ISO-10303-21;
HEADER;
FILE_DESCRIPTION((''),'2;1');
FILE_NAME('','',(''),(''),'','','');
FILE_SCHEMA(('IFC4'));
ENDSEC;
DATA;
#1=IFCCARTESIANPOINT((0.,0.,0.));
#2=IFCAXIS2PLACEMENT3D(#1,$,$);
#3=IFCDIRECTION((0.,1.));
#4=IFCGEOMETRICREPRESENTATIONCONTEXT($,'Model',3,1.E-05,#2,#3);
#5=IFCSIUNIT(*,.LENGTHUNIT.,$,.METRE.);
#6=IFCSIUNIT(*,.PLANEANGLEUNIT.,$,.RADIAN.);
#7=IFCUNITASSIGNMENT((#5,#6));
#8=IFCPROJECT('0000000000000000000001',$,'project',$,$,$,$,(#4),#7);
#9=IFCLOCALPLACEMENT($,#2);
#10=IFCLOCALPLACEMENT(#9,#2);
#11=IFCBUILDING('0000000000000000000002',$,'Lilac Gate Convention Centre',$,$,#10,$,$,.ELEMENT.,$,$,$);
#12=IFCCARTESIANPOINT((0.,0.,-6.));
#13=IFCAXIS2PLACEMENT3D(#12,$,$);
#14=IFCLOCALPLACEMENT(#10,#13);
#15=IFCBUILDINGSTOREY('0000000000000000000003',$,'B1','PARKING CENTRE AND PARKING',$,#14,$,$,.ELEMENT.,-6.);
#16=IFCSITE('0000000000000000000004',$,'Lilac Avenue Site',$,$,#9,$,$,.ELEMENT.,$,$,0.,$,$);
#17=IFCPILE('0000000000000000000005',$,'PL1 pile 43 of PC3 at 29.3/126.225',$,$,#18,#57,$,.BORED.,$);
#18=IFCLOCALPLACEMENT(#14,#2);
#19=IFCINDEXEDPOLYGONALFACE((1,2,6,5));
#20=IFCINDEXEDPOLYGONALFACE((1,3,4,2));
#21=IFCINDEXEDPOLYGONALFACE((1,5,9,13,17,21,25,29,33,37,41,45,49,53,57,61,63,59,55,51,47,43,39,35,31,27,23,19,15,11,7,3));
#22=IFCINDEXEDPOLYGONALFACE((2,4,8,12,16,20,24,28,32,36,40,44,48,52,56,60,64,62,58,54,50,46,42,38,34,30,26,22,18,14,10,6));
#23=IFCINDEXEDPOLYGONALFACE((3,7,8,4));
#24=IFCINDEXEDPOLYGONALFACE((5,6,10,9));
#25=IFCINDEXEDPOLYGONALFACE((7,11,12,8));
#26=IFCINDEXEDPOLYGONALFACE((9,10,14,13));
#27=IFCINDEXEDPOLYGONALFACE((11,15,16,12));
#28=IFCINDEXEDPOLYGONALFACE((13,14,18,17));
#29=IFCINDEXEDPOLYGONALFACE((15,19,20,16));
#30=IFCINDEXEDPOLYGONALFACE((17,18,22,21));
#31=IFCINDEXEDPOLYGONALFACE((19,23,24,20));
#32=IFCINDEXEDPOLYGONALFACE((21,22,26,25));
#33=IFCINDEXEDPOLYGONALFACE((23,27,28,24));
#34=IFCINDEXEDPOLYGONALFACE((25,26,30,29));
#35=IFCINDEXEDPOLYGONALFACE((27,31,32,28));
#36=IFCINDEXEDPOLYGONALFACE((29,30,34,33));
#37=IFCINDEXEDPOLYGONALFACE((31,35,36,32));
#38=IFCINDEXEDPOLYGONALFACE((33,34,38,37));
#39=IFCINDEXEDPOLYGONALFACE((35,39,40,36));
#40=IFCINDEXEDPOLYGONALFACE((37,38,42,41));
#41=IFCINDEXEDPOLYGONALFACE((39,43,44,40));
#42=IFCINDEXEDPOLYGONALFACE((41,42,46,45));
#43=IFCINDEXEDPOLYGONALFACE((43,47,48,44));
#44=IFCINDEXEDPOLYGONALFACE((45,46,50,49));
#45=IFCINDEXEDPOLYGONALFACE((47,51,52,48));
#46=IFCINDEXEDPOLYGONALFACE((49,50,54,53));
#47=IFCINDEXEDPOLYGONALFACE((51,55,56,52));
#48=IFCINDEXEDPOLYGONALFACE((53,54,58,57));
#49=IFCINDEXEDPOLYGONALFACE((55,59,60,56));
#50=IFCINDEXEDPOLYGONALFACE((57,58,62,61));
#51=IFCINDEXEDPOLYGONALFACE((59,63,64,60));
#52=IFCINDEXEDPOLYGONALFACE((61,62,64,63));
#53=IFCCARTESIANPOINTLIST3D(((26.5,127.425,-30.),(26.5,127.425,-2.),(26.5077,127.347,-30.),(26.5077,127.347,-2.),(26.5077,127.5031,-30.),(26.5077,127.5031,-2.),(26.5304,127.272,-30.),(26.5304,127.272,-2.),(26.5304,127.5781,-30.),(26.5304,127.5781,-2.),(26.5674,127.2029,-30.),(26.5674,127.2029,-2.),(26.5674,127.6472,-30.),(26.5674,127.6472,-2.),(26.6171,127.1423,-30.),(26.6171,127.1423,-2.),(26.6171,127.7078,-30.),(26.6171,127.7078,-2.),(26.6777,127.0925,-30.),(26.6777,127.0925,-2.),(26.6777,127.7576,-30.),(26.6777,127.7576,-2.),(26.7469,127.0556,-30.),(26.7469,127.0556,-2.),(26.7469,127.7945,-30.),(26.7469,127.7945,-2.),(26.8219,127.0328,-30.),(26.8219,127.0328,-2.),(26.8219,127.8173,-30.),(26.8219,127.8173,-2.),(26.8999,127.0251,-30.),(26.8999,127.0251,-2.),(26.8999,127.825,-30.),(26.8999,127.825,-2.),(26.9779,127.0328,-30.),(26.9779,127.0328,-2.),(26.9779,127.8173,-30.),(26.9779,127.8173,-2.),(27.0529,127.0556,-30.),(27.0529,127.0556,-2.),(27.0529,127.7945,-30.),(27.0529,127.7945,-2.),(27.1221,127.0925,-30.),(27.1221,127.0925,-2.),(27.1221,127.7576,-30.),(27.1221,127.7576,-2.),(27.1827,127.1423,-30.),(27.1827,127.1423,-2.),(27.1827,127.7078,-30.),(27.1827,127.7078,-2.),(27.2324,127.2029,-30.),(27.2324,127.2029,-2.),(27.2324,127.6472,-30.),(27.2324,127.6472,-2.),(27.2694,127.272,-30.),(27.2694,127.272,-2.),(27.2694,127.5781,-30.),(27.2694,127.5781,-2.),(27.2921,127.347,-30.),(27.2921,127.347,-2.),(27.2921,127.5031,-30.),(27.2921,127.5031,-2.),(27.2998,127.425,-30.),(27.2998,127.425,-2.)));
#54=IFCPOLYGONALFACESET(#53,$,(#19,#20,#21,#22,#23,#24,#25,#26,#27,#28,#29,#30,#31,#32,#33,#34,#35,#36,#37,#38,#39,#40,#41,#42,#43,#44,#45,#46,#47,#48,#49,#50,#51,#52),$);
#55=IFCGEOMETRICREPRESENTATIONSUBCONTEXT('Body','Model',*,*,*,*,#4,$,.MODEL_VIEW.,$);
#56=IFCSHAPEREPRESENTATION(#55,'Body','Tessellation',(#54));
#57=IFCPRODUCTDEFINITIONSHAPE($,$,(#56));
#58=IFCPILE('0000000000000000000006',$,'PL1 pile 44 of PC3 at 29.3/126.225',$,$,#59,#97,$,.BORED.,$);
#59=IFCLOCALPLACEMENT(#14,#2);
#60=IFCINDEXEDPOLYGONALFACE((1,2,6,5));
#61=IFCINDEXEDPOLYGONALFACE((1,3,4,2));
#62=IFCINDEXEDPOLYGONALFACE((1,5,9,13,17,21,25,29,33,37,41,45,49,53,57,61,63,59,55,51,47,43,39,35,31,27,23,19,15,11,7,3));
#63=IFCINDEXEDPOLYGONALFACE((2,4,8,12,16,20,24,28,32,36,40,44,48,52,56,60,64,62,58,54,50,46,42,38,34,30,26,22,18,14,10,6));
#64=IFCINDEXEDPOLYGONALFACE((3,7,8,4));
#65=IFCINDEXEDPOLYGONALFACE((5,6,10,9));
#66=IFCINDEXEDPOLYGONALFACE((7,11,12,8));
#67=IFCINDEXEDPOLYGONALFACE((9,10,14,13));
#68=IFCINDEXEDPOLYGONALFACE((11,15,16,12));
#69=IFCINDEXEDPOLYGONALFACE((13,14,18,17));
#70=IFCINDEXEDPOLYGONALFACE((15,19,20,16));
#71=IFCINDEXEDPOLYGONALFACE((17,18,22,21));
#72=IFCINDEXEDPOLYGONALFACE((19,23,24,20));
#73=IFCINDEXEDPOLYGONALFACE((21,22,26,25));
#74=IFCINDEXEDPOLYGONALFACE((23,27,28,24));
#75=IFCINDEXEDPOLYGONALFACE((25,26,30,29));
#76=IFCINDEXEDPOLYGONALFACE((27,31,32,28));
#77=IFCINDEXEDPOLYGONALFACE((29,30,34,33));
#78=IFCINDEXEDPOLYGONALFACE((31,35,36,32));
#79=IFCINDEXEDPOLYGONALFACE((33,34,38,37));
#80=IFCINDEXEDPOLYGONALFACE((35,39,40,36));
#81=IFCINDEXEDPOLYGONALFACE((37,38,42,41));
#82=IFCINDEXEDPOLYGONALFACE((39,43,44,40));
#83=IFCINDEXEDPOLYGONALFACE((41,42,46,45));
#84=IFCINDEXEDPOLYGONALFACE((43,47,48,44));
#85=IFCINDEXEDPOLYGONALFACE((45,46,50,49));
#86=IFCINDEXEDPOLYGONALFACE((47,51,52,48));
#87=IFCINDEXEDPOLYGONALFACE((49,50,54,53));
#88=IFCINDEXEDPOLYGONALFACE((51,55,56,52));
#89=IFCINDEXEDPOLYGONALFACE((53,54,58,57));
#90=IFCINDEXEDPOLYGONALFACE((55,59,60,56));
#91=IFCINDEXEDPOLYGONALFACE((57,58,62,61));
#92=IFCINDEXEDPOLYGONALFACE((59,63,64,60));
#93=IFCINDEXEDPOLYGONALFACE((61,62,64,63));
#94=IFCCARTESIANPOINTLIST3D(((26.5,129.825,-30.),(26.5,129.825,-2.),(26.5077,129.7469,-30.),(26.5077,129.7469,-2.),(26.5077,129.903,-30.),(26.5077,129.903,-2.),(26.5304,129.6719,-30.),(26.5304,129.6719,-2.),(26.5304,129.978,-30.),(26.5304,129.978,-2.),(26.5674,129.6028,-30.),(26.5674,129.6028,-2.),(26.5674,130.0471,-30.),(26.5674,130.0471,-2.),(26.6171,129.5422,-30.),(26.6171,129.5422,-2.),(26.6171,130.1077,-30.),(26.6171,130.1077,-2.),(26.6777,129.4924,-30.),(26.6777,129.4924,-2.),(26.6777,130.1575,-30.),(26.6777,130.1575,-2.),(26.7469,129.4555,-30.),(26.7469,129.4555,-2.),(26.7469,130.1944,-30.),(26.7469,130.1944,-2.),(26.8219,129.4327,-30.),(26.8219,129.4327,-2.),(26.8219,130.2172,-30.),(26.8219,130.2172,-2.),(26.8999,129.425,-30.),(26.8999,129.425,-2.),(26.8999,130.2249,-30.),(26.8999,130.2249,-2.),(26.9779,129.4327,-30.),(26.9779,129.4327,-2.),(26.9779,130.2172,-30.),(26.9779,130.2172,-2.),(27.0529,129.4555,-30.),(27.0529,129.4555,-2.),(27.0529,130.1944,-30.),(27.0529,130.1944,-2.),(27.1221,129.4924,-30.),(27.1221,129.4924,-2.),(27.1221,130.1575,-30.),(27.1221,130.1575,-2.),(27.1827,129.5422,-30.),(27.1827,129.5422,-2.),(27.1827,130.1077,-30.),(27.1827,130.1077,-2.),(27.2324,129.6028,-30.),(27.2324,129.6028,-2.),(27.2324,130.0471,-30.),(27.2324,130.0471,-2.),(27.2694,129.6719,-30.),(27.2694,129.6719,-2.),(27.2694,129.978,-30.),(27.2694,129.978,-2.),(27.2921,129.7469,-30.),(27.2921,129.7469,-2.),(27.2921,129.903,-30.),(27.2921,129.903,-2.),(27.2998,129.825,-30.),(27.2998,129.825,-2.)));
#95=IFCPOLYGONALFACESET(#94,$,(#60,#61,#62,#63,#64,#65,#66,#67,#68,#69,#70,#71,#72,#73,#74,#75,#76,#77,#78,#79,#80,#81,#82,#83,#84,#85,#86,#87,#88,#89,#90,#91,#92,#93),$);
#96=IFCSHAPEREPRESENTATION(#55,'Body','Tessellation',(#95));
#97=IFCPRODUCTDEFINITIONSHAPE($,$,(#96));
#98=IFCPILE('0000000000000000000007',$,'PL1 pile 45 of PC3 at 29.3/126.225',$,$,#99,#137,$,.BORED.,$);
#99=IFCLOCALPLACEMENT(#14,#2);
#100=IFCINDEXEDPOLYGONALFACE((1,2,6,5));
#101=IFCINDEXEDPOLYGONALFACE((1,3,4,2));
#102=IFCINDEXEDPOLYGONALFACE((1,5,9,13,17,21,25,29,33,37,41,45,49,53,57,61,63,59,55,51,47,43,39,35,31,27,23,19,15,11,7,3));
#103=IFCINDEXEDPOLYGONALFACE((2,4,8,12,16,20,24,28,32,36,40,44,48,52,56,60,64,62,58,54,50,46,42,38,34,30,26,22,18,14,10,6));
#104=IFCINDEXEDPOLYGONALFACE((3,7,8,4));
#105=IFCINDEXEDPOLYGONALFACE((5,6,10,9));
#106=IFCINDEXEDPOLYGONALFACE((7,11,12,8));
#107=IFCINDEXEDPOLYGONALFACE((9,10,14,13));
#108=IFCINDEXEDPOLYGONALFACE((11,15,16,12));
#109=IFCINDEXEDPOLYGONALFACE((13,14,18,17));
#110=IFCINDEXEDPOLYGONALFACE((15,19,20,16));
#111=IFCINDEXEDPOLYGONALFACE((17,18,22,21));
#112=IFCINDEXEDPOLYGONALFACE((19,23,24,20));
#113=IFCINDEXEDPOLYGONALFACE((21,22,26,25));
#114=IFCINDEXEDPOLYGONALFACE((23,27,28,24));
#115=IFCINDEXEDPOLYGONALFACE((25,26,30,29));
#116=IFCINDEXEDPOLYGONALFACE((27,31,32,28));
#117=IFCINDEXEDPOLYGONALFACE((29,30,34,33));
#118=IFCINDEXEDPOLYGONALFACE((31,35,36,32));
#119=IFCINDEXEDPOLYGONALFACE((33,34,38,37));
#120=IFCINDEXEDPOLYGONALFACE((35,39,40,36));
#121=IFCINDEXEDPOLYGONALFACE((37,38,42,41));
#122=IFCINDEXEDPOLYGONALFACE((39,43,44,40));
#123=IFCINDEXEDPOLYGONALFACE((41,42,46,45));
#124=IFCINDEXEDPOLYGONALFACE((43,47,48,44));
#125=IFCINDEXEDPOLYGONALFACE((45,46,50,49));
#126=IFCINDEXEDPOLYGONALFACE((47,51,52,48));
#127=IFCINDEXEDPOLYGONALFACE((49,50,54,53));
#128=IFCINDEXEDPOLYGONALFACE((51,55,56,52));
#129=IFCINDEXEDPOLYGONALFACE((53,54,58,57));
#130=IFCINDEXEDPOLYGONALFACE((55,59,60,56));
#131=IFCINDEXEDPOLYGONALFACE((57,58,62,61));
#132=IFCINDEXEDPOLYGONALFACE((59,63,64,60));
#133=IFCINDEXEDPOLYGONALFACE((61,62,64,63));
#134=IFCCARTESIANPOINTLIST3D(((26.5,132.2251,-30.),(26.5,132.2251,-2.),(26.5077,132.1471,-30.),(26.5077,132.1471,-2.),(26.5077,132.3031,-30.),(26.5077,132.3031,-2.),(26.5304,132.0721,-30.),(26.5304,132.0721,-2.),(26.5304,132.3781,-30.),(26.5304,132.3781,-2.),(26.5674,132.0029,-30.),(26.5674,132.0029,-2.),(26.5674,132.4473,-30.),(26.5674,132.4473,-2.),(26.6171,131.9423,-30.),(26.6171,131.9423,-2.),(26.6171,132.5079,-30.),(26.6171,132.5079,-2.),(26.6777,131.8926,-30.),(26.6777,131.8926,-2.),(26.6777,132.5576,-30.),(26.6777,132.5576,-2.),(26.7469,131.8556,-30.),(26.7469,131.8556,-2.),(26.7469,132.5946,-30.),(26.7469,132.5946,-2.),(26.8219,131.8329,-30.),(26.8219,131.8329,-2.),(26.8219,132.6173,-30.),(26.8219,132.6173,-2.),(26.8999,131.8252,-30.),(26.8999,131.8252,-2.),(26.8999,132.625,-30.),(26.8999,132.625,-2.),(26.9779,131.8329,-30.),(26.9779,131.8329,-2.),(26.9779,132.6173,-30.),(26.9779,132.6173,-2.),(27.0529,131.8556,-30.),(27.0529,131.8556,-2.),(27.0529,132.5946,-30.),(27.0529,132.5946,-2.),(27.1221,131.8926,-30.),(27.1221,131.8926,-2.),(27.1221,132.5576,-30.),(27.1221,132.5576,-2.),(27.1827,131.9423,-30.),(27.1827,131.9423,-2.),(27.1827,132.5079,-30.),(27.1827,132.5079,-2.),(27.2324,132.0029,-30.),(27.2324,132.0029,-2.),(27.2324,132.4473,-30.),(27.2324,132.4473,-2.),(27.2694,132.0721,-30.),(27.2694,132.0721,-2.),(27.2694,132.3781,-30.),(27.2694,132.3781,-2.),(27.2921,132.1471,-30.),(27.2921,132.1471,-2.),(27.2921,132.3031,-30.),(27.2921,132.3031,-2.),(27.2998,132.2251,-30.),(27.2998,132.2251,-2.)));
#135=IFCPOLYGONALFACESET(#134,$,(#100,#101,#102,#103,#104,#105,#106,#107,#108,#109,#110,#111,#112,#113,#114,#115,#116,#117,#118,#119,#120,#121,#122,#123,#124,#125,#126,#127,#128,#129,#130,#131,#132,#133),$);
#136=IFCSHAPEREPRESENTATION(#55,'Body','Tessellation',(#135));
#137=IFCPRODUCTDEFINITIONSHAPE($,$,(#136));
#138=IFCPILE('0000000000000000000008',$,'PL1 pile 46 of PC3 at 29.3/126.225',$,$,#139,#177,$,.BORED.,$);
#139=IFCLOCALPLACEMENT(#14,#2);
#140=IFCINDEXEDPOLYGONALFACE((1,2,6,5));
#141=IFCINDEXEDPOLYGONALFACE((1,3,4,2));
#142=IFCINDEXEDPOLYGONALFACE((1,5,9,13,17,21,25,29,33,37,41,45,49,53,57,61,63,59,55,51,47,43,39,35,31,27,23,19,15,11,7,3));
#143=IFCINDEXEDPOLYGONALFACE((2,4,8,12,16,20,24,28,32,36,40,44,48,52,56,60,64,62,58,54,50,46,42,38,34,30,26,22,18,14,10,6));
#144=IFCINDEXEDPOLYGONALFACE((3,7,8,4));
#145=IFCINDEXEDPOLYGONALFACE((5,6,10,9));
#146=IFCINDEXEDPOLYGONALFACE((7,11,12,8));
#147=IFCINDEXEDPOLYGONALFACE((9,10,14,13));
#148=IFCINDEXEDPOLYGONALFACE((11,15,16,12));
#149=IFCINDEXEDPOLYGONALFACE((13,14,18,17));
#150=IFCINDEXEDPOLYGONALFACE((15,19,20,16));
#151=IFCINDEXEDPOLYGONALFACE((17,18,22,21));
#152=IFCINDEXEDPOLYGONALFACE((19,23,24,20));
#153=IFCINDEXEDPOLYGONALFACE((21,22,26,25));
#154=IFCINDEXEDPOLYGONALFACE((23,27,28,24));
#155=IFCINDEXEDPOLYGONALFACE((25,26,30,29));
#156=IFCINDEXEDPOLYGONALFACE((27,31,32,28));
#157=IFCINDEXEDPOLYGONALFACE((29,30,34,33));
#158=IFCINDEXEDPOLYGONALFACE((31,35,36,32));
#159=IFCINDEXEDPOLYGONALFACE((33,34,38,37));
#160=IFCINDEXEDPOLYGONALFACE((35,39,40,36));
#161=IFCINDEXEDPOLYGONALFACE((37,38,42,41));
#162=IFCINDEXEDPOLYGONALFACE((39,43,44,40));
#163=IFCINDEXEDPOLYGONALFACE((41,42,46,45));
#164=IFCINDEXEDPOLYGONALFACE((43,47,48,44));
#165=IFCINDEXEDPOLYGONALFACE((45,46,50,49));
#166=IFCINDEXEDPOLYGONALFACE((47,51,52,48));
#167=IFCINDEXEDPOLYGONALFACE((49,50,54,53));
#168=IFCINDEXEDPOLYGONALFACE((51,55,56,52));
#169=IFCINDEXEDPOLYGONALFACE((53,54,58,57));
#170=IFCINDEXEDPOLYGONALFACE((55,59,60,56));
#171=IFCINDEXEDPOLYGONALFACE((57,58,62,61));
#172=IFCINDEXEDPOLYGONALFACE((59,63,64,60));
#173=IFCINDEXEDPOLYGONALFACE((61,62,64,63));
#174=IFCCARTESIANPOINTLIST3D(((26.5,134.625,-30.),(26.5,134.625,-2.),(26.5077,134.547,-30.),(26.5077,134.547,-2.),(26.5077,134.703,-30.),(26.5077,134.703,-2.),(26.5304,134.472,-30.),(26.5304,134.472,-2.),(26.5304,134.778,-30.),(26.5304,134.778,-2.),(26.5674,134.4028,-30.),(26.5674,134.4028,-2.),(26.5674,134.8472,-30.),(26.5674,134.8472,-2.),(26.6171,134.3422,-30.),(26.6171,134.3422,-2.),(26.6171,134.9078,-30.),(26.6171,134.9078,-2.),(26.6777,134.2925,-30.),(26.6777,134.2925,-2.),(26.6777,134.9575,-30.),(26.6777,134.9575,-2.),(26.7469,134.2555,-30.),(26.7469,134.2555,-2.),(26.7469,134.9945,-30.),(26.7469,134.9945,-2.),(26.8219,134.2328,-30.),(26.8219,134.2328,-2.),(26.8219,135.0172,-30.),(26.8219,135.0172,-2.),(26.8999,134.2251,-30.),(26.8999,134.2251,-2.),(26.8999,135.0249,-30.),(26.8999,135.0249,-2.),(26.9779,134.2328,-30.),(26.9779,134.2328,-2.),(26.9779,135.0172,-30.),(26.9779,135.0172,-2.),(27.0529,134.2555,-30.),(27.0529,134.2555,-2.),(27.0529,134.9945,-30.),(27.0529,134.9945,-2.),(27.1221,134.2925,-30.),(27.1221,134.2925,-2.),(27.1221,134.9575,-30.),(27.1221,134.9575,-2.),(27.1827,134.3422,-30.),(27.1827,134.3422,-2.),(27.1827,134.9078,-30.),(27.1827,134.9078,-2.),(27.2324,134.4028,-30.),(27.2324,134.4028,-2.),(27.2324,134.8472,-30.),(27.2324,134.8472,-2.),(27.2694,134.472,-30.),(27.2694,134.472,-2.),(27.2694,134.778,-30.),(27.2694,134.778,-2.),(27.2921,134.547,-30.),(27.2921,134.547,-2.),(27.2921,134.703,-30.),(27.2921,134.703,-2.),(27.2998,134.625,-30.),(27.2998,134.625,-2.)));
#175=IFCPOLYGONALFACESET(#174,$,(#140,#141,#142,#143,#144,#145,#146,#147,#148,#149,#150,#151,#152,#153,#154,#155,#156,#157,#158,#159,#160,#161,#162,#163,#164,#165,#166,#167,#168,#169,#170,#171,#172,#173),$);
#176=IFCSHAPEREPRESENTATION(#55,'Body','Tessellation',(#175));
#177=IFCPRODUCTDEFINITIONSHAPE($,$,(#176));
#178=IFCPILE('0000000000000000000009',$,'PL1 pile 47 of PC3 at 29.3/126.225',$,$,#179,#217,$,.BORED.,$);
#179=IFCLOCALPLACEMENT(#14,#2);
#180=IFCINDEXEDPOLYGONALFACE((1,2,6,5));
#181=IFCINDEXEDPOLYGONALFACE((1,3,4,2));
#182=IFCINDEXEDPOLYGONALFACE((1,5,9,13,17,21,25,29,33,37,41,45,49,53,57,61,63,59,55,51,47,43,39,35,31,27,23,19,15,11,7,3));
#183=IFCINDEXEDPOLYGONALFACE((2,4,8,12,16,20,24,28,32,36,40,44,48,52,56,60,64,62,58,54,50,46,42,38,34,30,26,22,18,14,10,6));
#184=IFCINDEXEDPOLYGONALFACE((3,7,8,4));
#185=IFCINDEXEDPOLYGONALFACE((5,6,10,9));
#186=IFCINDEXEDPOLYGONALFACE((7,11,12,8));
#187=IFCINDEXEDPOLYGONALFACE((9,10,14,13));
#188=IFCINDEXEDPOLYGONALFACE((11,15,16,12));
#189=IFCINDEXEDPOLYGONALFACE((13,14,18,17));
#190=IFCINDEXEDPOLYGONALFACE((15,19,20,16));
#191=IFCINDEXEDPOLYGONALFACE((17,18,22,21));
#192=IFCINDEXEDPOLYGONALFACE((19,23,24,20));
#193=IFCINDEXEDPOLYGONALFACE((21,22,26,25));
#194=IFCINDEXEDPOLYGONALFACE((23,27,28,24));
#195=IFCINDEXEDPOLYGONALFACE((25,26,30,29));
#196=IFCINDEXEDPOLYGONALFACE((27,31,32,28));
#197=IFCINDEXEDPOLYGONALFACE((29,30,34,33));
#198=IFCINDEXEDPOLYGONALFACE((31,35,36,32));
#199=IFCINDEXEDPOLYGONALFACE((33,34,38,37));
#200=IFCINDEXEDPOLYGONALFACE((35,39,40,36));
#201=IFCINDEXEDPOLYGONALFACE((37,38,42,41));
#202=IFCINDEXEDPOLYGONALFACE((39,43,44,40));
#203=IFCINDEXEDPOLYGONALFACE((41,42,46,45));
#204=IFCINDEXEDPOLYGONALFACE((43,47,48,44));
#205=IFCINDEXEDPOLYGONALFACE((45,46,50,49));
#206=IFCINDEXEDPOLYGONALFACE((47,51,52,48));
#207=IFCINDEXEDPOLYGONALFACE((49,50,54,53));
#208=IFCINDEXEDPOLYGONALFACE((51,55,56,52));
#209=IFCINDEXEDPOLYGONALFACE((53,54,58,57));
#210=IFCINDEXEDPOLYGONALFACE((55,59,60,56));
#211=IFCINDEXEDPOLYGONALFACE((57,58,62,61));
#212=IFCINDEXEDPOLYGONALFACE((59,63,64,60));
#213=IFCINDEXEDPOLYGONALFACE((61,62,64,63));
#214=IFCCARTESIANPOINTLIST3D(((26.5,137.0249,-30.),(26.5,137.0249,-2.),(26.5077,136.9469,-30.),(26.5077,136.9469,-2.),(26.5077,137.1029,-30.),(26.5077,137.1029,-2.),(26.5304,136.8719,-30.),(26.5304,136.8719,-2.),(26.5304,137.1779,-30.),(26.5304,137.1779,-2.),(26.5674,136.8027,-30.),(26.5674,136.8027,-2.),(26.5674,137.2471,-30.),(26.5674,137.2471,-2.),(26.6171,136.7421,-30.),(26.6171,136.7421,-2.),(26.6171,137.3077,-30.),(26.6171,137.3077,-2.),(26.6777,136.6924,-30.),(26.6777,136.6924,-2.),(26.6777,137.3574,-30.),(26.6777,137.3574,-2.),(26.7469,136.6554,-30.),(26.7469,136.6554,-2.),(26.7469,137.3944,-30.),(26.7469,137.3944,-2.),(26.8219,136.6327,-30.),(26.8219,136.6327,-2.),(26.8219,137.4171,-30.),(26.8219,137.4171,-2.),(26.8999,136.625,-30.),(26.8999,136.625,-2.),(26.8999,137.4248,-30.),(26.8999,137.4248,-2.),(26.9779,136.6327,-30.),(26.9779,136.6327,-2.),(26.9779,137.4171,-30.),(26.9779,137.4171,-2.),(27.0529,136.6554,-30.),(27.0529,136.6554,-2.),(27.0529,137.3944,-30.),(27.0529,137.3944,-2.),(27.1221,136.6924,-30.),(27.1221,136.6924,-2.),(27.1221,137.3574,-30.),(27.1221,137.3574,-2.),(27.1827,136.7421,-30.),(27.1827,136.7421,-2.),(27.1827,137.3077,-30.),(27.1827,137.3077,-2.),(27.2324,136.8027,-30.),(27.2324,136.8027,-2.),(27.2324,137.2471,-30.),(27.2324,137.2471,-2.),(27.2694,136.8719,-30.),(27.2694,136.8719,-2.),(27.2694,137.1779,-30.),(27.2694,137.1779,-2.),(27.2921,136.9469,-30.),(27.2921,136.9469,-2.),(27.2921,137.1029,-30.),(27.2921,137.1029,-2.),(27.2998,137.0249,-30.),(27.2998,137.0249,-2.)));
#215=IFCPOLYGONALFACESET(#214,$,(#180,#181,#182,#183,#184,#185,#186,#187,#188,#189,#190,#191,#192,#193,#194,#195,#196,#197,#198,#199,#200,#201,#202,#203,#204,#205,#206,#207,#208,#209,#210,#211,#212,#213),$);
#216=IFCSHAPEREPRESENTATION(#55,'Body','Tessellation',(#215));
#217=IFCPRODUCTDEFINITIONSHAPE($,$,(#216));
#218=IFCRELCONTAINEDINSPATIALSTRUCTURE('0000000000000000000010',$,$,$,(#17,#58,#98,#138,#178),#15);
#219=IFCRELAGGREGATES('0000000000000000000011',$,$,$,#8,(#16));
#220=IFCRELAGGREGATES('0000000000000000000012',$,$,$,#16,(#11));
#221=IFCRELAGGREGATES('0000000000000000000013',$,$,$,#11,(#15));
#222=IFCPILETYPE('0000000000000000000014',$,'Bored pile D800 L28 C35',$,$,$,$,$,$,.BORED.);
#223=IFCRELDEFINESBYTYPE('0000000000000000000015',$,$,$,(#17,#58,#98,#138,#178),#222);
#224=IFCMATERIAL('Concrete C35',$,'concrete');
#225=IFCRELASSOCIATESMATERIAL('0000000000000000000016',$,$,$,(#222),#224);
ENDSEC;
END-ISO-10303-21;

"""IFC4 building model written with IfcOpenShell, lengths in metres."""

from ifc_helpers import new_model, si_unit, direction, frame, origin, origin_2d, place, context, subcontext, project, spatial, circle, extrude, material, material_profile, profile_set, type_object, element, save


model = new_model("IFC4")

# Units and contexts
model_context = context("Model", 3, precision=1e-05, world=origin(), true_north=direction((0.0, 1.0)))
body_context = subcontext(model_context, "Body", "Model", "MODEL_VIEW")
ifc_project = project(units=[si_unit("LENGTHUNIT", "METRE"), si_unit("PLANEANGLEUNIT", "RADIAN")], contexts=[model_context])

# Site, building, storey
site_placement = place(None, origin())
site = spatial("IfcSite", under=ifc_project, at=site_placement, Name="Lilac Avenue Site", CompositionType="ELEMENT", RefElevation=0.0)
building_placement = place(site_placement, origin())
building = spatial("IfcBuilding", under=site, at=building_placement, Name="Lilac Gate Convention Centre", CompositionType="ELEMENT")
storey_placement = place(building_placement, frame((0.0, 0.0, -6.0)))
storey = spatial("IfcBuildingStorey", under=building, at=storey_placement, Name="B1", Description="PARKING CENTRE AND PARKING", CompositionType="ELEMENT", Elevation=-6.0)

# Piles
ifc_material_1 = material(Name="Concrete C35", Category="concrete")
ifc_material_profile_1 = material_profile(ifc_material_1, circle(Radius=0.3999, at=origin_2d()), Name="D800")
ifc_profile_set_1 = profile_set([ifc_material_profile_1], Name="Concrete C35")
pile_type = type_object("IfcPileType", Name="Bored pile D800 L28 C35", PredefinedType="BORED", material=ifc_profile_set_1)
for number, where, z_axis, x_axis, name in (
    (1, (26.8999, 127.425, -2.0), (0.0, 0.0, -1.0), (1.0, 0.0, 0.0), "PL1 pile 43 of PC3 at 29.3/126.225"),
    (2, (26.8999, 129.825, -2.0), (0.0, 0.0, -1.0), (1.0, 0.0, 0.0), "PL1 pile 44 of PC3 at 29.3/126.225"),
    (3, (26.8999, 132.2251, -2.0), (0.0, 0.0, -1.0), (1.0, 0.0, 0.0), "PL1 pile 45 of PC3 at 29.3/126.225"),
    (4, (26.8999, 134.625, -2.0), (0.0, 0.0, -1.0), (1.0, 0.0, 0.0), "PL1 pile 46 of PC3 at 29.3/126.225"),
    (5, (26.8999, 137.0249, -2.0), (0.0, 0.0, -1.0), (1.0, 0.0, 0.0), "PL1 pile 47 of PC3 at 29.3/126.225"),
):
    element("IfcPile", number, at=place(storey_placement, frame(where, z_axis=z_axis, x_axis=x_axis)), inside=storey, type_object=pile_type, Name=name, PredefinedType="BORED", context=body_context, shape_type="SweptSolid", body=[
        extrude(circle(Radius=0.3999, at=origin_2d()), origin(), (0.0, 0.0, 1.0), 28.0),
    ])

save(model, "model.ifc")
